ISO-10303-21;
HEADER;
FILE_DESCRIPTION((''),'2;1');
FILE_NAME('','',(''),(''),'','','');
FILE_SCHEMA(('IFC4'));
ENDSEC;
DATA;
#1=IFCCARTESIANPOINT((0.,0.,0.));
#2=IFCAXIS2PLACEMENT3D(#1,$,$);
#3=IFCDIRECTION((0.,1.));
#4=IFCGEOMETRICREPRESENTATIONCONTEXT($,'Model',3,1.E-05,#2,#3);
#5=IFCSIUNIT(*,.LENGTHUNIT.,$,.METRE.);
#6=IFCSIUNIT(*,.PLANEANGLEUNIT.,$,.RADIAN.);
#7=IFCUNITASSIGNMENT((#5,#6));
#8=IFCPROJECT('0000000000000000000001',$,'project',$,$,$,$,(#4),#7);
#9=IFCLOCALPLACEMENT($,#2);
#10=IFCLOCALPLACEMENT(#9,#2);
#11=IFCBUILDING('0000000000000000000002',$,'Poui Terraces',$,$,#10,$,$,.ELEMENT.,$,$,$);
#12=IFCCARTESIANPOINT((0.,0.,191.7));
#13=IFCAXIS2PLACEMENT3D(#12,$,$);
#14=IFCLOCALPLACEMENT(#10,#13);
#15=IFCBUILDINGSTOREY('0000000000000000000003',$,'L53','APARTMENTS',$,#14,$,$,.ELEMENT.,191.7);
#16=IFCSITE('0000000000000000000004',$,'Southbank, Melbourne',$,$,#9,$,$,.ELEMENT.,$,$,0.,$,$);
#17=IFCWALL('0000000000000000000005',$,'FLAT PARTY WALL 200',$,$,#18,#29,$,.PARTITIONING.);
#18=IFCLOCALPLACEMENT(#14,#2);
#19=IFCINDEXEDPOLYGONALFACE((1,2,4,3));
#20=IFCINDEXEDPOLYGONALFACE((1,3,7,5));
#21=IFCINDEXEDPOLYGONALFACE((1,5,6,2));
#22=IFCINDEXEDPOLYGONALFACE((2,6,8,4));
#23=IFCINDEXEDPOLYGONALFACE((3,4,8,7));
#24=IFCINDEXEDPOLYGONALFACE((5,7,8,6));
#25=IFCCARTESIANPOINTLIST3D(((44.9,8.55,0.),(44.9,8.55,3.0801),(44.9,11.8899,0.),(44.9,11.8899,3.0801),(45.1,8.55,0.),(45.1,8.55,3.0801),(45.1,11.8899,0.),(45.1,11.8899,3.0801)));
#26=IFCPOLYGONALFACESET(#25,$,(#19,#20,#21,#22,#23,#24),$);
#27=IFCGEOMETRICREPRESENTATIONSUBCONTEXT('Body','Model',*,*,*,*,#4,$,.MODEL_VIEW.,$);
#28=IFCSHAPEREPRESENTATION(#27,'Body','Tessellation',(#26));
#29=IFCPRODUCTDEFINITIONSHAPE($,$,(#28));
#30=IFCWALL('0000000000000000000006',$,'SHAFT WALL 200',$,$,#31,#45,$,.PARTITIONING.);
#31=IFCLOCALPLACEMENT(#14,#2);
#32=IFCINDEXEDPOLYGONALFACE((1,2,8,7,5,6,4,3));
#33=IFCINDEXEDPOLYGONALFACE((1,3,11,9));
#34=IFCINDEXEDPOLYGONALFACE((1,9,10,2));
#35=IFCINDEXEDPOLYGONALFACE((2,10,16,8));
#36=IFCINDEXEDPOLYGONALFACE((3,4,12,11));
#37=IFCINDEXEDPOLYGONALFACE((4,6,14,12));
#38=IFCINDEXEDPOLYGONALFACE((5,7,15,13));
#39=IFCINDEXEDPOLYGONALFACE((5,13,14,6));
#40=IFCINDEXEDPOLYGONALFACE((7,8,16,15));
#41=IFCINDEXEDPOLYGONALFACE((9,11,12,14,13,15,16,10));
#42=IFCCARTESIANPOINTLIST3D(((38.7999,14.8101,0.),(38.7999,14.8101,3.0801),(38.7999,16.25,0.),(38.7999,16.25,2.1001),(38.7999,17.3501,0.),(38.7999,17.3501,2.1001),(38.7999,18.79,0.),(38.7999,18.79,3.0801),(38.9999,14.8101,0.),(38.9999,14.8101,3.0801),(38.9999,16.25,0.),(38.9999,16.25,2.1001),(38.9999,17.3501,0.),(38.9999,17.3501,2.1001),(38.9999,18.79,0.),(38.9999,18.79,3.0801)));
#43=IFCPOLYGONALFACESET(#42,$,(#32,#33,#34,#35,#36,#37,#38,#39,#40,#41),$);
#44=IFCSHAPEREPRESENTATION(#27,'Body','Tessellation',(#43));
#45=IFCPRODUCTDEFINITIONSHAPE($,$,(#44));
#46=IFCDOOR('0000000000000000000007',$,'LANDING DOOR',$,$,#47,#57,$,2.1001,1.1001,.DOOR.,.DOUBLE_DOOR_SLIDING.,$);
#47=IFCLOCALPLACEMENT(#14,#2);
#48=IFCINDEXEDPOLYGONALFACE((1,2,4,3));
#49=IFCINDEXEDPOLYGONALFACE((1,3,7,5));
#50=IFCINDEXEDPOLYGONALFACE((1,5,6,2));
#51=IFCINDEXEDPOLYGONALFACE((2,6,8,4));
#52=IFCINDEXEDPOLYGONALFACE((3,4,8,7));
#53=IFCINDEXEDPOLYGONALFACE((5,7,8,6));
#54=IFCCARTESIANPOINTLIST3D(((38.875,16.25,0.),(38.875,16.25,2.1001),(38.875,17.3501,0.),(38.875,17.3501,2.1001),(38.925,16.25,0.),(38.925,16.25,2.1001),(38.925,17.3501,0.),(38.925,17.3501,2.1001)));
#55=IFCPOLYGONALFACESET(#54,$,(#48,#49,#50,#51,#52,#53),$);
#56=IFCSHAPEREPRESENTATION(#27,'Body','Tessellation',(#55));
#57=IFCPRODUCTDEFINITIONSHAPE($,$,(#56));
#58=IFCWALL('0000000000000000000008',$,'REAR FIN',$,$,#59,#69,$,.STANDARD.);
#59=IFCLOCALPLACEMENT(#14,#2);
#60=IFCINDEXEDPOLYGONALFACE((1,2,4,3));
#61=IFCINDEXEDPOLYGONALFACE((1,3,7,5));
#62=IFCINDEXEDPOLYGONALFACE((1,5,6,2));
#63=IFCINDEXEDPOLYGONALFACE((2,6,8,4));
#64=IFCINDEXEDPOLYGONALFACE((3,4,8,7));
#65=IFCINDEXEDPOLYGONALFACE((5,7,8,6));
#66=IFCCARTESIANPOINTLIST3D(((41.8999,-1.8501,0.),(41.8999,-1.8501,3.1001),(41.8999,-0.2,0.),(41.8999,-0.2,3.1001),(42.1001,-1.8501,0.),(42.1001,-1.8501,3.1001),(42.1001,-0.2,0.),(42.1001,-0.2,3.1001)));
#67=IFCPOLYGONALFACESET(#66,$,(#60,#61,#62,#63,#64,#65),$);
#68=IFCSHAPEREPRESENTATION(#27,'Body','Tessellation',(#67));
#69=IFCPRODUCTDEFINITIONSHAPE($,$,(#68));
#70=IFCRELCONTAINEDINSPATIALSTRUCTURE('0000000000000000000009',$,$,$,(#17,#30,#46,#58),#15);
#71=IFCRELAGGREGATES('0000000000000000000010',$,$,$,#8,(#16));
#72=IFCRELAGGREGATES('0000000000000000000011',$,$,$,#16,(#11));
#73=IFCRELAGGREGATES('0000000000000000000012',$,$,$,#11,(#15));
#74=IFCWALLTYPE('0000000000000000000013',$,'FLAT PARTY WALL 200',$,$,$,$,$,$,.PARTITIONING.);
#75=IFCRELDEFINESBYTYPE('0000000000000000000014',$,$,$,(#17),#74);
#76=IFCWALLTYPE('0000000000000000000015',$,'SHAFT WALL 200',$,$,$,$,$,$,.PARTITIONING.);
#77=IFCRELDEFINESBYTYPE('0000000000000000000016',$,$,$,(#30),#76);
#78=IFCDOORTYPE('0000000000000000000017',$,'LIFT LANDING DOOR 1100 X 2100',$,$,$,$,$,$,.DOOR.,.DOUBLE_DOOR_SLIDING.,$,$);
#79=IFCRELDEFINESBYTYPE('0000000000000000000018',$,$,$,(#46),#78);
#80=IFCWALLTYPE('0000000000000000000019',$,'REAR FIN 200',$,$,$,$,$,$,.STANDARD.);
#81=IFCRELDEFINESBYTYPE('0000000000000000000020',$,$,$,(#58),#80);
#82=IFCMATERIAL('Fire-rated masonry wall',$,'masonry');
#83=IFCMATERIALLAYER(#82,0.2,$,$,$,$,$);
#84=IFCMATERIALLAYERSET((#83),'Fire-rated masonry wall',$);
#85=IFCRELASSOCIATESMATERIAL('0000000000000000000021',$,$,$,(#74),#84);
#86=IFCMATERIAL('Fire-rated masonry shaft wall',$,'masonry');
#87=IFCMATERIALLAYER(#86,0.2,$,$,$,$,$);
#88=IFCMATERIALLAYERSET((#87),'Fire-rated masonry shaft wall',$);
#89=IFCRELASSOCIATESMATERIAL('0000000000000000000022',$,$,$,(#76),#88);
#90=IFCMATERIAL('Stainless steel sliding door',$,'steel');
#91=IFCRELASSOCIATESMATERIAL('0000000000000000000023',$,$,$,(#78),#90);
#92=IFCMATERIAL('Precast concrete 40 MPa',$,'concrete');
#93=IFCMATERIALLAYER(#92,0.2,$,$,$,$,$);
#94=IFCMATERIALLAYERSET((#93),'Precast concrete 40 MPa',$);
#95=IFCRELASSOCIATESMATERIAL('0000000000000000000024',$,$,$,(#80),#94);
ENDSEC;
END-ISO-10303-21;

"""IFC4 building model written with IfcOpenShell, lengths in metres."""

from ifc_helpers import new_model, si_unit, direction, frame, frame_2d, origin, place, context, subcontext, project, spatial, polyline, rectangle, outline, extrude, source, transform, mapped, material, layer, layer_set, type_object, element, fill, save


model = new_model("IFC4")

# Units and contexts
model_context = context("Model", 3, precision=1e-05, world=origin(), true_north=direction((0.0, 1.0)))
body_context = subcontext(model_context, "Body", "Model", "MODEL_VIEW")
ifc_project = project(units=[si_unit("LENGTHUNIT", "METRE"), si_unit("PLANEANGLEUNIT", "RADIAN")], contexts=[model_context])

# Site, building, storey
site_placement = place(None, origin())
site = spatial("IfcSite", under=ifc_project, at=site_placement, Name="Southbank, Melbourne", CompositionType="ELEMENT", RefElevation=0.0)
building_placement = place(site_placement, origin())
building = spatial("IfcBuilding", under=site, at=building_placement, Name="Poui Terraces", CompositionType="ELEMENT")
storey_placement = place(building_placement, frame((0.0, 0.0, 191.7)))
storey = spatial("IfcBuildingStorey", under=building, at=storey_placement, Name="L53", Description="APARTMENTS", CompositionType="ELEMENT", Elevation=191.7)

# Wall
ifc_material_1 = material(Name="Fire-rated masonry wall", Category="masonry")
ifc_layer_1 = layer(ifc_material_1, 0.2)
ifc_layer_set_1 = layer_set([ifc_layer_1], Name="Fire-rated masonry wall")
wall_type_1 = type_object("IfcWallType", Name="FLAT PARTY WALL 200", PredefinedType="PARTITIONING", material=ifc_layer_set_1)
wall_1_placement = place(storey_placement, frame((45.0, 8.55, 0.0), z_axis=(0.0, 0.0, 1.0), x_axis=(0.0, 1.0, 0.0)))
element("IfcWall", 1, at=wall_1_placement, inside=storey, type_object=wall_type_1, Name="FLAT PARTY WALL 200", PredefinedType="PARTITIONING", context=body_context, shape_type="SweptSolid", body=[
    extrude(rectangle(XDim=3.3398, YDim=0.2, at=frame_2d((1.6699, 0.0))), origin(), (0.0, 0.0, 1.0), 3.0801),
])

# Wall, opening, door
ifc_material_2 = material(Name="Fire-rated masonry shaft wall", Category="masonry")
ifc_layer_2 = layer(ifc_material_2, 0.2)
ifc_layer_set_2 = layer_set([ifc_layer_2], Name="Fire-rated masonry shaft wall")
wall_type_2 = type_object("IfcWallType", Name="SHAFT WALL 200", PredefinedType="PARTITIONING", material=ifc_layer_set_2)
wall_2_placement = place(storey_placement, frame((38.8999, 14.8101, 0.0), z_axis=(0.0, 0.0, 1.0), x_axis=(0.0, 1.0, 0.0)))
wall_2 = element("IfcWall", 2, at=wall_2_placement, inside=storey, type_object=wall_type_2, Name="SHAFT WALL 200", PredefinedType="PARTITIONING", context=body_context, shape_type="SweptSolid", body=[
    extrude(rectangle(XDim=3.98, YDim=0.2, at=frame_2d((1.99, 0.0))), origin(), (0.0, 0.0, 1.0), 3.0801),
])
opening_1_placement = place(wall_2_placement, frame((1.4399, 0.0, 0.0)))
opening_1 = element("IfcOpeningElement", 3, at=opening_1_placement, cuts=wall_2, PredefinedType="OPENING", context=body_context, shape_type="SweptSolid", body=[
    extrude(rectangle(XDim=1.1001, YDim=2.1001, at=frame_2d((0.55, 1.05))), frame((0.0, 0.1099, 0.0), z_axis=(0.0, -1.0, 0.0), x_axis=(1.0, 0.0, 0.0)), (0.0, 0.0, 1.0), 0.22),
])
ifc_material_3 = material(Name="Stainless steel sliding door", Category="steel")
door_type_1 = type_object("IfcDoorType", Name="LIFT LANDING DOOR 1100 X 2100", OperationType="DOUBLE_DOOR_SLIDING", PredefinedType="DOOR", material=ifc_material_3)
door_1_placement = place(opening_1_placement, origin())
door_1 = element("IfcDoor", 4, at=door_1_placement, inside=storey, type_object=door_type_1, Name="LANDING DOOR", OperationType="DOUBLE_DOOR_SLIDING", OverallHeight=2.1001, OverallWidth=1.1001, PredefinedType="DOOR", context=body_context, shape_type="SweptSolid", body=[
    extrude(rectangle(XDim=1.1001, YDim=2.1001, at=frame_2d((0.55, 1.05))), frame((0.0, 0.0249, 0.0), z_axis=(0.0, -1.0, 0.0), x_axis=(1.0, 0.0, 0.0)), (0.0, 0.0, 1.0), 0.05),
])
fill(opening_1, door_1)

# Wall
ifc_material_4 = material(Name="Precast concrete 40 MPa", Category="concrete")
ifc_layer_3 = layer(ifc_material_4, 0.2)
ifc_layer_set_3 = layer_set([ifc_layer_3], Name="Precast concrete 40 MPa")
wall_type_3 = type_object("IfcWallType", Name="REAR FIN 200", PredefinedType="STANDARD", material=ifc_layer_set_3)
shared_shape_1 = source(origin(), body_context, "Body", "SweptSolid", [
    extrude(outline(polyline([(0.0, 0.0), (0.2002, 0.0), (0.2002, 1.6501), (0.0, 1.6501), (0.0, 0.0)])), origin(), (0.0, 0.0, 1.0), 3.1001),
])
wall_3_placement = place(storey_placement, frame((41.8999, -1.8501, 0.0)))
element("IfcWall", 5, at=wall_3_placement, inside=storey, type_object=wall_type_3, Name="REAR FIN", PredefinedType="STANDARD", context=body_context, shape_type="MappedRepresentation", body=[
    mapped(shared_shape_1, transform((0.0, 0.0, 0.0))),
])

save(model, "model.ifc")
